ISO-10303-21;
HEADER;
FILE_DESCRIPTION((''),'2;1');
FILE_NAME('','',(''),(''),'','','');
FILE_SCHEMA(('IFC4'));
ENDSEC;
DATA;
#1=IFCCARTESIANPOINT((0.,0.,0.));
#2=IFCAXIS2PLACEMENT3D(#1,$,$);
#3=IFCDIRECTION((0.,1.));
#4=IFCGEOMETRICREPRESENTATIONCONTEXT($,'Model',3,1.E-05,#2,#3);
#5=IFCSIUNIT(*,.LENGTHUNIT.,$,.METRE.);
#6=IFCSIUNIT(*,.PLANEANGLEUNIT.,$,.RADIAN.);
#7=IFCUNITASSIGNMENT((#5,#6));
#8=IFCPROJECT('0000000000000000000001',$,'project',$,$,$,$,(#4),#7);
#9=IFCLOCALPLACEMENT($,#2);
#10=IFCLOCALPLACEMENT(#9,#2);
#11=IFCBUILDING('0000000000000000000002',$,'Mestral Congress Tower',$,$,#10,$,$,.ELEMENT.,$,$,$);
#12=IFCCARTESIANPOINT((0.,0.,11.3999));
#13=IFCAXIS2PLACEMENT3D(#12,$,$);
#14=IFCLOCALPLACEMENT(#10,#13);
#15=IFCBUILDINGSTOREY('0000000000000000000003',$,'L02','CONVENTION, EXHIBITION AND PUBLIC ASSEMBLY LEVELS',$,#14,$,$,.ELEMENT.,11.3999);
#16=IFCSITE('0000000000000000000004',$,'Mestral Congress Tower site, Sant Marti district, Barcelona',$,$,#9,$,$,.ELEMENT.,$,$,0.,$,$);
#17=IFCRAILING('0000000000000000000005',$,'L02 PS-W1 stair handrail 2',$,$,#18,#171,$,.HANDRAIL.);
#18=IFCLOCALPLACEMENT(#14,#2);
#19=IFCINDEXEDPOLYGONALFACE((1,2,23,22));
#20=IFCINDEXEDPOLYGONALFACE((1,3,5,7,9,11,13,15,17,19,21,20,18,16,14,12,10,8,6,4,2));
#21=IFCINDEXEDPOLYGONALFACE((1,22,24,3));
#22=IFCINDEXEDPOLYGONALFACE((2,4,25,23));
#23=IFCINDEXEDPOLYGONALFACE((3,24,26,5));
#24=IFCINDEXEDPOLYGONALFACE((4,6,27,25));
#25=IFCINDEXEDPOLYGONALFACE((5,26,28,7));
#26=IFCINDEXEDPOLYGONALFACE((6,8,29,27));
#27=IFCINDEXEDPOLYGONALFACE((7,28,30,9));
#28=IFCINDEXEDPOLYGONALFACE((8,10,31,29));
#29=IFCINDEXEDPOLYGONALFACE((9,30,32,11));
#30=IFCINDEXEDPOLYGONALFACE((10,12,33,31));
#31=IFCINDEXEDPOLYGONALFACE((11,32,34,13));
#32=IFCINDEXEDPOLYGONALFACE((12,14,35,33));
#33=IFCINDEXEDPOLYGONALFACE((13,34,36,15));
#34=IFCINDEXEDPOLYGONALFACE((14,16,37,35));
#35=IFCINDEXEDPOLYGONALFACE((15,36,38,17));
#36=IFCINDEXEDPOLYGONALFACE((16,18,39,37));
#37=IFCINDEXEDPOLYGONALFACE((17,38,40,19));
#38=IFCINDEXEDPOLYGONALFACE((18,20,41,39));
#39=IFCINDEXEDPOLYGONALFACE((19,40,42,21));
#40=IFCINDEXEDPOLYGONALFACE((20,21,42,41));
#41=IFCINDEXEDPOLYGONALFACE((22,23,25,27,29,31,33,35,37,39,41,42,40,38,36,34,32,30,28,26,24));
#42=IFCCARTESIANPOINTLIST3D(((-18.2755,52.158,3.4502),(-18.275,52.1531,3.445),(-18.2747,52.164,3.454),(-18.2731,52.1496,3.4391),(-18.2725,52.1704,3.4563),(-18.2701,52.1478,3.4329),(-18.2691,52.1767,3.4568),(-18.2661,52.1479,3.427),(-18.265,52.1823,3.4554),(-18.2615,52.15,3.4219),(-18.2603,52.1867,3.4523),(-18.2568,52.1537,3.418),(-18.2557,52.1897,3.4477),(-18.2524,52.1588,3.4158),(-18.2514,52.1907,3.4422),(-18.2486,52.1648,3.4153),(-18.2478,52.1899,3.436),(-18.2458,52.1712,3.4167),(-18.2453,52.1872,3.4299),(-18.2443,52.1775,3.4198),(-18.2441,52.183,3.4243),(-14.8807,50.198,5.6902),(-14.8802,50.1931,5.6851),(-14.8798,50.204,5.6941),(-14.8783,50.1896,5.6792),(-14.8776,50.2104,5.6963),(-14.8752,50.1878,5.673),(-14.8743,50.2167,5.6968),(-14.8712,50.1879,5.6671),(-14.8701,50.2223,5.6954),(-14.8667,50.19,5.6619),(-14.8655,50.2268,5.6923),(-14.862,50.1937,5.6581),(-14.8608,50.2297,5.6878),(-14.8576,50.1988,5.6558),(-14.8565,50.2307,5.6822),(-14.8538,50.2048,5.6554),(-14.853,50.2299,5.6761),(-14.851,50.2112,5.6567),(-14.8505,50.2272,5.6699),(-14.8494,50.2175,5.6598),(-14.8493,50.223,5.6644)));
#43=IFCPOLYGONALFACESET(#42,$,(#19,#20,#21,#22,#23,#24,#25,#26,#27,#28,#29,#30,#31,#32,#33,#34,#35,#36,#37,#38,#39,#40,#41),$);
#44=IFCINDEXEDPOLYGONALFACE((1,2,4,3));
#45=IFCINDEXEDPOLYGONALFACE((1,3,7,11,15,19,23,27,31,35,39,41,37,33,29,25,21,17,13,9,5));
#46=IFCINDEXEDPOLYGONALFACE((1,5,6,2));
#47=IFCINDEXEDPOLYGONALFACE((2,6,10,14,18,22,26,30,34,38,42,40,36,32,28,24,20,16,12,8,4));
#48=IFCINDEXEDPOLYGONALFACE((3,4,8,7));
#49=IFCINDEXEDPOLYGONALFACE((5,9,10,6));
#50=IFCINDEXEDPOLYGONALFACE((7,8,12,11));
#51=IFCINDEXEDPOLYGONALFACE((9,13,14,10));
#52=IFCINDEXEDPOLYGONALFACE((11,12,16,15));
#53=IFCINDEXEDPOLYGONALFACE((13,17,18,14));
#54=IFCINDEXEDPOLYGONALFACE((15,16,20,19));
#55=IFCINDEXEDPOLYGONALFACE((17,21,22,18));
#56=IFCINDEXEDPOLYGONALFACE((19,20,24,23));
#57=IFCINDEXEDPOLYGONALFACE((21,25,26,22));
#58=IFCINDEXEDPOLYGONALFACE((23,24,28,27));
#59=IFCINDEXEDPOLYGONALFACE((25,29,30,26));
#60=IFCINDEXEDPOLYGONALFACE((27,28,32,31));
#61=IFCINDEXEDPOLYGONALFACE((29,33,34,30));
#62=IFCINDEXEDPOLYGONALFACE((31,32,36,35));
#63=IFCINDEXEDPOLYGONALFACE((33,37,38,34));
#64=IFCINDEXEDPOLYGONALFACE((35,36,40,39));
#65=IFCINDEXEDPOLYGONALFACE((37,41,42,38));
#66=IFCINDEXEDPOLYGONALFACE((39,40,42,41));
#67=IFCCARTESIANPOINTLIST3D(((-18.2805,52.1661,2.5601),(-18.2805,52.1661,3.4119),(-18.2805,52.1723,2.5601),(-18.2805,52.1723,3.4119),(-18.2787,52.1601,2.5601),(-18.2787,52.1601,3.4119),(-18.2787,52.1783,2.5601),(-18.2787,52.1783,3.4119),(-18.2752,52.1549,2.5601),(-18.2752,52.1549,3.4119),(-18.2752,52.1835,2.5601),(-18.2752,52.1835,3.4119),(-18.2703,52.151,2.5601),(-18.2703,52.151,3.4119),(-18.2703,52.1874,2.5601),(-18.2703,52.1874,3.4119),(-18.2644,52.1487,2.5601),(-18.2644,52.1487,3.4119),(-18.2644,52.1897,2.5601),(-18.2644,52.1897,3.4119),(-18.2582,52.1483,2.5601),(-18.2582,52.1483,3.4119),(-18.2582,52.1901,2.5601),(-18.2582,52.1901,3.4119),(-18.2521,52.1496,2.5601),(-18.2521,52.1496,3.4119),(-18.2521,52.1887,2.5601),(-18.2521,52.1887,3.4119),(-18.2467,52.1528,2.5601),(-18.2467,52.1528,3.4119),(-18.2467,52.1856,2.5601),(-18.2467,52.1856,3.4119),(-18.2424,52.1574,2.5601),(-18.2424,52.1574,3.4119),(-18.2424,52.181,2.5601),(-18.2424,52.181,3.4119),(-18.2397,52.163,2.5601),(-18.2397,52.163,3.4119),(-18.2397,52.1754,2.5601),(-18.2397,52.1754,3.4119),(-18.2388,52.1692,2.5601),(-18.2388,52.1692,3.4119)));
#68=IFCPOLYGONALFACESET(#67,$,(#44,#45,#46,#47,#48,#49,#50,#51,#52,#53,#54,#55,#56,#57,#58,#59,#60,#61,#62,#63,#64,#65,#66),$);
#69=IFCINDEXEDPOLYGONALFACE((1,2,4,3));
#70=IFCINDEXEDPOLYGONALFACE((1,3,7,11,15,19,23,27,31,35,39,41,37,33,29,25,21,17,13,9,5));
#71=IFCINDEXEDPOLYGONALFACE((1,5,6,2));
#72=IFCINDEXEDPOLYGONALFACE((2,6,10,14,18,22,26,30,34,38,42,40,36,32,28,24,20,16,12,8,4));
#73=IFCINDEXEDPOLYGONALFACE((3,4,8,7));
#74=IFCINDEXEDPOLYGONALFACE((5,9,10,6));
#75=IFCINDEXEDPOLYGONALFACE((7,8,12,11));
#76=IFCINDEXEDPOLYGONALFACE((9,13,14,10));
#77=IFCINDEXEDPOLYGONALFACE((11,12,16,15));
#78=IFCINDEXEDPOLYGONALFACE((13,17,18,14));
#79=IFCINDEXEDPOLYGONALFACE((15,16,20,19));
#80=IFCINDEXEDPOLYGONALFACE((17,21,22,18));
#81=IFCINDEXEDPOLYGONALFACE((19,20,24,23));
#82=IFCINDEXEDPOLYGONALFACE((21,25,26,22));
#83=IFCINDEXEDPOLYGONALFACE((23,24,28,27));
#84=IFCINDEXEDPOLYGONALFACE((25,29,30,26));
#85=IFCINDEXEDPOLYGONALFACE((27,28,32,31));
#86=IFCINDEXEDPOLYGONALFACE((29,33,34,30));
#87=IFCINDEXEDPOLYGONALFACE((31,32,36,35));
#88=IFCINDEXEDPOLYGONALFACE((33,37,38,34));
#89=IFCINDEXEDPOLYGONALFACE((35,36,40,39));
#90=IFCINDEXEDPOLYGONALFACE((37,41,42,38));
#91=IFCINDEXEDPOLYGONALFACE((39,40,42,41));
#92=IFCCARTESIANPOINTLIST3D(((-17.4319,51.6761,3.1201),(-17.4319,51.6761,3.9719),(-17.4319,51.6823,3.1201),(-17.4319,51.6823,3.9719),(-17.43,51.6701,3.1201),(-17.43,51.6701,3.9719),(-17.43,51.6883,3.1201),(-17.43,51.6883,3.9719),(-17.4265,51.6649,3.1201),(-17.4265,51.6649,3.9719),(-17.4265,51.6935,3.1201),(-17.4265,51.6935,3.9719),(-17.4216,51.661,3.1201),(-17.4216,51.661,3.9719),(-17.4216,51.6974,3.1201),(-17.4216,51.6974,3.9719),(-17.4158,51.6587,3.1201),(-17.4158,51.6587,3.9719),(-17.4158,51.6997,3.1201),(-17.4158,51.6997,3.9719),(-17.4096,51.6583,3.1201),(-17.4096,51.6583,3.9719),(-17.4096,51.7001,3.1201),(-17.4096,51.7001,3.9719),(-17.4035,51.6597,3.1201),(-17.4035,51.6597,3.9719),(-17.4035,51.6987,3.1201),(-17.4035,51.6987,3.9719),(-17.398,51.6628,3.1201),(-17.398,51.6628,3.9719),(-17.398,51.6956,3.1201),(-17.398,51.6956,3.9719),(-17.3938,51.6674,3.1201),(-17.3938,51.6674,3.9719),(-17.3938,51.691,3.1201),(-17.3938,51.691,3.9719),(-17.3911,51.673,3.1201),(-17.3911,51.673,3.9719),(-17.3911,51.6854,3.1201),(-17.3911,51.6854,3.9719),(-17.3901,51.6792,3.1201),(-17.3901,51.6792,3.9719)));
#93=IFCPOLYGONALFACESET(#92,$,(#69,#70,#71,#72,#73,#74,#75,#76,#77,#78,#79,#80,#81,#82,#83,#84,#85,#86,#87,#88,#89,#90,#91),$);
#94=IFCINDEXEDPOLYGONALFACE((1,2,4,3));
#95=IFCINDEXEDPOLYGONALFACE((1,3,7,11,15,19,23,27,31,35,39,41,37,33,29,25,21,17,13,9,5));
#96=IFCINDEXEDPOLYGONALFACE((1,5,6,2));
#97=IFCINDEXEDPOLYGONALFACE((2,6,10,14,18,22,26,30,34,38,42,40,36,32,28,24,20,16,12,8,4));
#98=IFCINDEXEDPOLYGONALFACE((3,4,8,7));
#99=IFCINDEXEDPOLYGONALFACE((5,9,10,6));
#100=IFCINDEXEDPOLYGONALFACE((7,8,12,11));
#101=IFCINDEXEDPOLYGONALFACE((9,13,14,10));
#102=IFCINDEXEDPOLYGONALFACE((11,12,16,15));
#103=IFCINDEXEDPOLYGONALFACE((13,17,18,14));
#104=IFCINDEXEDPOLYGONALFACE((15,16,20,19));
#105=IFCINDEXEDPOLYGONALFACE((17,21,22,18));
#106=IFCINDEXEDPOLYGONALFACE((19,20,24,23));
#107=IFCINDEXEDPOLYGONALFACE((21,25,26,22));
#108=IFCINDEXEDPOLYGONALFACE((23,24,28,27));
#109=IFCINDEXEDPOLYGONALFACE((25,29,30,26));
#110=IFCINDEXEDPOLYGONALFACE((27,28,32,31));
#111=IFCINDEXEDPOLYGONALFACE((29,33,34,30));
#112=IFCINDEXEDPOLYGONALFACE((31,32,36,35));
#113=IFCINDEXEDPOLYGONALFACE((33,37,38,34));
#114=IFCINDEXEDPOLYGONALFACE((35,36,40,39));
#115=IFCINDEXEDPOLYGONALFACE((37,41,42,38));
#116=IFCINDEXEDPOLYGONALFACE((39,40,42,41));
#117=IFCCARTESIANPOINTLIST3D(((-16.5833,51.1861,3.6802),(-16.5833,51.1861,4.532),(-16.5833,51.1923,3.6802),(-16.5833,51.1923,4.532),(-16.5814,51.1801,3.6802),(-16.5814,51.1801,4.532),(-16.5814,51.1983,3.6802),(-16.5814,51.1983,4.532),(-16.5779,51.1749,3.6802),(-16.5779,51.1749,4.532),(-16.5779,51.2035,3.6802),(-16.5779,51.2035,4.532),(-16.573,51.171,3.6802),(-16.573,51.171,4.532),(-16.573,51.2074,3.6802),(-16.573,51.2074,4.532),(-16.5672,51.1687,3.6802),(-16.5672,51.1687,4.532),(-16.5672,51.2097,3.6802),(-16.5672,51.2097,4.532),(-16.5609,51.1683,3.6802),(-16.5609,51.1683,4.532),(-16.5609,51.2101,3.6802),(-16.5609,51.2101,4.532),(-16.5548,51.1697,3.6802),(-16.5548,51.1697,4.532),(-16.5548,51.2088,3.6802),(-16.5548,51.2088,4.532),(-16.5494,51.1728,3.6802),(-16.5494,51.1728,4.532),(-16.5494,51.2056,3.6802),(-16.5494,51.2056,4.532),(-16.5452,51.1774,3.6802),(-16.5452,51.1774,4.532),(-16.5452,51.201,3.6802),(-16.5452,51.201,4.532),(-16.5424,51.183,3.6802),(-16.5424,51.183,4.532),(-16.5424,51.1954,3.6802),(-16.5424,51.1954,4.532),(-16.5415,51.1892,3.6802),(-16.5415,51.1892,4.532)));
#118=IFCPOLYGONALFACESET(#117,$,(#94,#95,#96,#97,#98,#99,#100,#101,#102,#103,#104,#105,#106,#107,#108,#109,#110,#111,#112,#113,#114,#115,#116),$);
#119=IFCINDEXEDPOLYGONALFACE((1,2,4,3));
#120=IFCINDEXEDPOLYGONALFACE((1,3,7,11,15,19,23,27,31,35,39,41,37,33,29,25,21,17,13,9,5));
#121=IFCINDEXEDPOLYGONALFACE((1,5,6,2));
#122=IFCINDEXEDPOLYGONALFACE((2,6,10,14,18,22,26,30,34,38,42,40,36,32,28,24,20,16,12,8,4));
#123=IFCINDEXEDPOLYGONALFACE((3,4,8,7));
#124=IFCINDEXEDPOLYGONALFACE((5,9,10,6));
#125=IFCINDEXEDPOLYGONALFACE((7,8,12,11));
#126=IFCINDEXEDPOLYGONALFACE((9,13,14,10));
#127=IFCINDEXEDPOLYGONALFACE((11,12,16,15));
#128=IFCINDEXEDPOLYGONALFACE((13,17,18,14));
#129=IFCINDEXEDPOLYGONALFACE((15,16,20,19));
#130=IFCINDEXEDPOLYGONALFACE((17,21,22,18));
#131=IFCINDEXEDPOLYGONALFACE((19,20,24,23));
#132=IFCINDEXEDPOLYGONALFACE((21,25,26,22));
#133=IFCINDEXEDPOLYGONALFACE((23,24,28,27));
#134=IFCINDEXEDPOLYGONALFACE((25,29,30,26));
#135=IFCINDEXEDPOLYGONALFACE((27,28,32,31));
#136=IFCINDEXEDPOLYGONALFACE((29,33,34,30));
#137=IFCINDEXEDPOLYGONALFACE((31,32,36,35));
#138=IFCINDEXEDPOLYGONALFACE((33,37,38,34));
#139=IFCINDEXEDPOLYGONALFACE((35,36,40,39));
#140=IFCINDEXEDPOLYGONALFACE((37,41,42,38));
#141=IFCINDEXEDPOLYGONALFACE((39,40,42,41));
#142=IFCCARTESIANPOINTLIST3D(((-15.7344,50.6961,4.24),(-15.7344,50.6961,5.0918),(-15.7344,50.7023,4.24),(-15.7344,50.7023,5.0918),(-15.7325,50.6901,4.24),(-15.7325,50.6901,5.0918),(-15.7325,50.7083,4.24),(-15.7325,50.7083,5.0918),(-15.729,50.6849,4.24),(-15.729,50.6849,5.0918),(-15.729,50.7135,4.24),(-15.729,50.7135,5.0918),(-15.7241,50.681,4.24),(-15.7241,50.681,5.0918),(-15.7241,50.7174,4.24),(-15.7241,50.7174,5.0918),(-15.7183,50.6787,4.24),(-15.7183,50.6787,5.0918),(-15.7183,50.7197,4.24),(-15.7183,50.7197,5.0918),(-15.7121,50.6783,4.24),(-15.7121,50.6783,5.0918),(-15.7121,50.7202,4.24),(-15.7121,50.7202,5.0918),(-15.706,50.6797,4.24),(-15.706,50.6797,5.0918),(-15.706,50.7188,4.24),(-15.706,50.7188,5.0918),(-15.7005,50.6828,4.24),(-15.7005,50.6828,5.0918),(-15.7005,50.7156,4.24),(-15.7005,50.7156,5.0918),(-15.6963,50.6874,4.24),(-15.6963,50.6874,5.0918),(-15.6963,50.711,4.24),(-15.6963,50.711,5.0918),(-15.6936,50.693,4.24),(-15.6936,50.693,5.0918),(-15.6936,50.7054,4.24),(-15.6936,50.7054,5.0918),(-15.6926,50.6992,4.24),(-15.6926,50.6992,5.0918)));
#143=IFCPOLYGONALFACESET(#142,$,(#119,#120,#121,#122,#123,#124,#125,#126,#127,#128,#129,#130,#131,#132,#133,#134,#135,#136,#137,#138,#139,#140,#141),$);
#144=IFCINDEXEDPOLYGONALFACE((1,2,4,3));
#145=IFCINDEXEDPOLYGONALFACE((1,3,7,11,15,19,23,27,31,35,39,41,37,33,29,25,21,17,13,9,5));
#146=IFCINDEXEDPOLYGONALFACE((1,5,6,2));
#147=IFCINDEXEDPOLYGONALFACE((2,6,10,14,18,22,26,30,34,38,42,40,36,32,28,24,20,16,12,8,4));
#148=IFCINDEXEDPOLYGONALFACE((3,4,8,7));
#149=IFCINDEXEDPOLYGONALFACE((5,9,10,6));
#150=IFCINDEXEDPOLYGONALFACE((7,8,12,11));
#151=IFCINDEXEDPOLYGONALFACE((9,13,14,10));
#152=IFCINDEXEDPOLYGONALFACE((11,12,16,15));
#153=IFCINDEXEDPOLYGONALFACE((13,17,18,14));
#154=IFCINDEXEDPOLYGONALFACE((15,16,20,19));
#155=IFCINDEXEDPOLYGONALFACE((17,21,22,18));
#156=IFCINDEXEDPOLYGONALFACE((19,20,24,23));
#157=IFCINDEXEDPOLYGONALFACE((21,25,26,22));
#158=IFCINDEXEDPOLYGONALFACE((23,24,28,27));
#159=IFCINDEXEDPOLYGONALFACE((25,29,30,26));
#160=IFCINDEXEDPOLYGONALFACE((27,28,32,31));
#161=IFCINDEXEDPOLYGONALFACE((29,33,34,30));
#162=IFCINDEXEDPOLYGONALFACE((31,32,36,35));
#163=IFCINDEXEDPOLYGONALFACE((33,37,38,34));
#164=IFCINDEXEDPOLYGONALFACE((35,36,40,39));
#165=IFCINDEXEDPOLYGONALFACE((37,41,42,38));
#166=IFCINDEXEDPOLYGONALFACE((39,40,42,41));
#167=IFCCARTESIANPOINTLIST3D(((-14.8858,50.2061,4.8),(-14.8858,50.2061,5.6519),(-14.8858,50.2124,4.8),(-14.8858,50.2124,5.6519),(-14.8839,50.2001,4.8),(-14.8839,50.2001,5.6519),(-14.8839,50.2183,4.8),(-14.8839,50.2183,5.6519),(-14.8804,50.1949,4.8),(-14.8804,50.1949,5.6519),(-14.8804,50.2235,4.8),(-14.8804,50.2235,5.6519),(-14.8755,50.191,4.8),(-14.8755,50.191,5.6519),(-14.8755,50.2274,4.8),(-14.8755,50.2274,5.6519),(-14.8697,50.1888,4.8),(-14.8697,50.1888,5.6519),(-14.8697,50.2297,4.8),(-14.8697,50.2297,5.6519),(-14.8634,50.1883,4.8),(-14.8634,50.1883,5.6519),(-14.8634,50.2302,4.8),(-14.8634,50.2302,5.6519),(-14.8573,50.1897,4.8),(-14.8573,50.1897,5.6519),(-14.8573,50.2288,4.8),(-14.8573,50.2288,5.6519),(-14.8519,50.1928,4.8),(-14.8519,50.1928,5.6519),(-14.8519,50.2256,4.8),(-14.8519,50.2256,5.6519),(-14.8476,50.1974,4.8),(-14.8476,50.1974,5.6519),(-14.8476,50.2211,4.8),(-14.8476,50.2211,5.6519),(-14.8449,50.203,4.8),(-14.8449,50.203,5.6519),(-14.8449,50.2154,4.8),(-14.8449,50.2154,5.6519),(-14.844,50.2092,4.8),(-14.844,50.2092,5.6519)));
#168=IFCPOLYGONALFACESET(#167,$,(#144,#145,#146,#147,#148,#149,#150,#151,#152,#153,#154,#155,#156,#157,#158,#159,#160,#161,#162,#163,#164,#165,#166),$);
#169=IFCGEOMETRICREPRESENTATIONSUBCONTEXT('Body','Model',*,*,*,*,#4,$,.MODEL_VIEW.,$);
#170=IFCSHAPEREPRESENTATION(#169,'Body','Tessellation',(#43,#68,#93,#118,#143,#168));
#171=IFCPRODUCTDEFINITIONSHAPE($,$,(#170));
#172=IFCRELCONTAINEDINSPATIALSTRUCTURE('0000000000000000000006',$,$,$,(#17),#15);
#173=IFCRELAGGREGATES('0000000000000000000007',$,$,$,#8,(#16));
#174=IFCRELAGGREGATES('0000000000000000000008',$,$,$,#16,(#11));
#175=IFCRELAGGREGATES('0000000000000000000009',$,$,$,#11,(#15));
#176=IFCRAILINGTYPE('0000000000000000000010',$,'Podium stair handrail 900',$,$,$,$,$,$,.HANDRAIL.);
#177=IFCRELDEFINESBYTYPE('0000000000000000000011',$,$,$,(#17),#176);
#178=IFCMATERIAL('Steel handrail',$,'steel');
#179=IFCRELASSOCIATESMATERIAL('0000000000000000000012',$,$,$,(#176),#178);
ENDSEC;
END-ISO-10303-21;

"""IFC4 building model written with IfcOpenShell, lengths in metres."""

from ifc_helpers import new_model, si_unit, direction, frame, origin, origin_2d, place, context, subcontext, project, spatial, circle, extrude, material, type_object, element, save


model = new_model("IFC4")

# Units and contexts
model_context = context("Model", 3, precision=1e-05, world=origin(), true_north=direction((0.0, 1.0)))
body_context = subcontext(model_context, "Body", "Model", "MODEL_VIEW")
ifc_project = project(units=[si_unit("LENGTHUNIT", "METRE"), si_unit("PLANEANGLEUNIT", "RADIAN")], contexts=[model_context])

# Site, building, storey
site_placement = place(None, origin())
site = spatial("IfcSite", under=ifc_project, at=site_placement, Name="Mestral Congress Tower site, Sant Marti district, Barcelona", CompositionType="ELEMENT", RefElevation=0.0)
building_placement = place(site_placement, origin())
building = spatial("IfcBuilding", under=site, at=building_placement, Name="Mestral Congress Tower", CompositionType="ELEMENT")
storey_placement = place(building_placement, frame((0.0, 0.0, 11.3999)))
storey = spatial("IfcBuildingStorey", under=building, at=storey_placement, Name="L02", Description="CONVENTION, EXHIBITION AND PUBLIC ASSEMBLY LEVELS", CompositionType="ELEMENT", Elevation=11.3999)

# Railing
ifc_material_1 = material(Name="Steel handrail", Category="steel")
railing_type_1 = type_object("IfcRailingType", Name="Podium stair handrail 900", PredefinedType="HANDRAIL", material=ifc_material_1)
railing_1_placement = place(storey_placement, frame((-18.2598, 52.1692, 2.5601)))
element("IfcRailing", 1, at=railing_1_placement, inside=storey, type_object=railing_type_1, Name="L02 PS-W1 stair handrail 2", PredefinedType="HANDRAIL", context=body_context, shape_type="SweptSolid", body=[
    extrude(circle(Radius=0.0239, at=origin_2d()), frame((0.0, 0.0, 0.876), z_axis=(0.75192, -0.434118, 0.496143), x_axis=(0.499997, 0.866027, 0.0)), (0.0, 0.0, 1.0), 4.5149),
    extrude(circle(Radius=0.021, at=origin_2d()), origin(), (0.0, 0.0, 1.0), 0.8518),
    extrude(circle(Radius=0.021, at=origin_2d()), frame((0.8486, -0.49, 0.5601)), (0.0, 0.0, 1.0), 0.8518),
    extrude(circle(Radius=0.021, at=origin_2d()), frame((1.6973, -0.98, 1.1201)), (0.0, 0.0, 1.0), 0.8518),
    extrude(circle(Radius=0.021, at=origin_2d()), frame((2.5461, -1.47, 1.6799)), (0.0, 0.0, 1.0), 0.8518),
    extrude(circle(Radius=0.021, at=origin_2d()), frame((3.3948, -1.96, 2.24)), (0.0, 0.0, 1.0), 0.8518),
])

save(model, "model.ifc")
